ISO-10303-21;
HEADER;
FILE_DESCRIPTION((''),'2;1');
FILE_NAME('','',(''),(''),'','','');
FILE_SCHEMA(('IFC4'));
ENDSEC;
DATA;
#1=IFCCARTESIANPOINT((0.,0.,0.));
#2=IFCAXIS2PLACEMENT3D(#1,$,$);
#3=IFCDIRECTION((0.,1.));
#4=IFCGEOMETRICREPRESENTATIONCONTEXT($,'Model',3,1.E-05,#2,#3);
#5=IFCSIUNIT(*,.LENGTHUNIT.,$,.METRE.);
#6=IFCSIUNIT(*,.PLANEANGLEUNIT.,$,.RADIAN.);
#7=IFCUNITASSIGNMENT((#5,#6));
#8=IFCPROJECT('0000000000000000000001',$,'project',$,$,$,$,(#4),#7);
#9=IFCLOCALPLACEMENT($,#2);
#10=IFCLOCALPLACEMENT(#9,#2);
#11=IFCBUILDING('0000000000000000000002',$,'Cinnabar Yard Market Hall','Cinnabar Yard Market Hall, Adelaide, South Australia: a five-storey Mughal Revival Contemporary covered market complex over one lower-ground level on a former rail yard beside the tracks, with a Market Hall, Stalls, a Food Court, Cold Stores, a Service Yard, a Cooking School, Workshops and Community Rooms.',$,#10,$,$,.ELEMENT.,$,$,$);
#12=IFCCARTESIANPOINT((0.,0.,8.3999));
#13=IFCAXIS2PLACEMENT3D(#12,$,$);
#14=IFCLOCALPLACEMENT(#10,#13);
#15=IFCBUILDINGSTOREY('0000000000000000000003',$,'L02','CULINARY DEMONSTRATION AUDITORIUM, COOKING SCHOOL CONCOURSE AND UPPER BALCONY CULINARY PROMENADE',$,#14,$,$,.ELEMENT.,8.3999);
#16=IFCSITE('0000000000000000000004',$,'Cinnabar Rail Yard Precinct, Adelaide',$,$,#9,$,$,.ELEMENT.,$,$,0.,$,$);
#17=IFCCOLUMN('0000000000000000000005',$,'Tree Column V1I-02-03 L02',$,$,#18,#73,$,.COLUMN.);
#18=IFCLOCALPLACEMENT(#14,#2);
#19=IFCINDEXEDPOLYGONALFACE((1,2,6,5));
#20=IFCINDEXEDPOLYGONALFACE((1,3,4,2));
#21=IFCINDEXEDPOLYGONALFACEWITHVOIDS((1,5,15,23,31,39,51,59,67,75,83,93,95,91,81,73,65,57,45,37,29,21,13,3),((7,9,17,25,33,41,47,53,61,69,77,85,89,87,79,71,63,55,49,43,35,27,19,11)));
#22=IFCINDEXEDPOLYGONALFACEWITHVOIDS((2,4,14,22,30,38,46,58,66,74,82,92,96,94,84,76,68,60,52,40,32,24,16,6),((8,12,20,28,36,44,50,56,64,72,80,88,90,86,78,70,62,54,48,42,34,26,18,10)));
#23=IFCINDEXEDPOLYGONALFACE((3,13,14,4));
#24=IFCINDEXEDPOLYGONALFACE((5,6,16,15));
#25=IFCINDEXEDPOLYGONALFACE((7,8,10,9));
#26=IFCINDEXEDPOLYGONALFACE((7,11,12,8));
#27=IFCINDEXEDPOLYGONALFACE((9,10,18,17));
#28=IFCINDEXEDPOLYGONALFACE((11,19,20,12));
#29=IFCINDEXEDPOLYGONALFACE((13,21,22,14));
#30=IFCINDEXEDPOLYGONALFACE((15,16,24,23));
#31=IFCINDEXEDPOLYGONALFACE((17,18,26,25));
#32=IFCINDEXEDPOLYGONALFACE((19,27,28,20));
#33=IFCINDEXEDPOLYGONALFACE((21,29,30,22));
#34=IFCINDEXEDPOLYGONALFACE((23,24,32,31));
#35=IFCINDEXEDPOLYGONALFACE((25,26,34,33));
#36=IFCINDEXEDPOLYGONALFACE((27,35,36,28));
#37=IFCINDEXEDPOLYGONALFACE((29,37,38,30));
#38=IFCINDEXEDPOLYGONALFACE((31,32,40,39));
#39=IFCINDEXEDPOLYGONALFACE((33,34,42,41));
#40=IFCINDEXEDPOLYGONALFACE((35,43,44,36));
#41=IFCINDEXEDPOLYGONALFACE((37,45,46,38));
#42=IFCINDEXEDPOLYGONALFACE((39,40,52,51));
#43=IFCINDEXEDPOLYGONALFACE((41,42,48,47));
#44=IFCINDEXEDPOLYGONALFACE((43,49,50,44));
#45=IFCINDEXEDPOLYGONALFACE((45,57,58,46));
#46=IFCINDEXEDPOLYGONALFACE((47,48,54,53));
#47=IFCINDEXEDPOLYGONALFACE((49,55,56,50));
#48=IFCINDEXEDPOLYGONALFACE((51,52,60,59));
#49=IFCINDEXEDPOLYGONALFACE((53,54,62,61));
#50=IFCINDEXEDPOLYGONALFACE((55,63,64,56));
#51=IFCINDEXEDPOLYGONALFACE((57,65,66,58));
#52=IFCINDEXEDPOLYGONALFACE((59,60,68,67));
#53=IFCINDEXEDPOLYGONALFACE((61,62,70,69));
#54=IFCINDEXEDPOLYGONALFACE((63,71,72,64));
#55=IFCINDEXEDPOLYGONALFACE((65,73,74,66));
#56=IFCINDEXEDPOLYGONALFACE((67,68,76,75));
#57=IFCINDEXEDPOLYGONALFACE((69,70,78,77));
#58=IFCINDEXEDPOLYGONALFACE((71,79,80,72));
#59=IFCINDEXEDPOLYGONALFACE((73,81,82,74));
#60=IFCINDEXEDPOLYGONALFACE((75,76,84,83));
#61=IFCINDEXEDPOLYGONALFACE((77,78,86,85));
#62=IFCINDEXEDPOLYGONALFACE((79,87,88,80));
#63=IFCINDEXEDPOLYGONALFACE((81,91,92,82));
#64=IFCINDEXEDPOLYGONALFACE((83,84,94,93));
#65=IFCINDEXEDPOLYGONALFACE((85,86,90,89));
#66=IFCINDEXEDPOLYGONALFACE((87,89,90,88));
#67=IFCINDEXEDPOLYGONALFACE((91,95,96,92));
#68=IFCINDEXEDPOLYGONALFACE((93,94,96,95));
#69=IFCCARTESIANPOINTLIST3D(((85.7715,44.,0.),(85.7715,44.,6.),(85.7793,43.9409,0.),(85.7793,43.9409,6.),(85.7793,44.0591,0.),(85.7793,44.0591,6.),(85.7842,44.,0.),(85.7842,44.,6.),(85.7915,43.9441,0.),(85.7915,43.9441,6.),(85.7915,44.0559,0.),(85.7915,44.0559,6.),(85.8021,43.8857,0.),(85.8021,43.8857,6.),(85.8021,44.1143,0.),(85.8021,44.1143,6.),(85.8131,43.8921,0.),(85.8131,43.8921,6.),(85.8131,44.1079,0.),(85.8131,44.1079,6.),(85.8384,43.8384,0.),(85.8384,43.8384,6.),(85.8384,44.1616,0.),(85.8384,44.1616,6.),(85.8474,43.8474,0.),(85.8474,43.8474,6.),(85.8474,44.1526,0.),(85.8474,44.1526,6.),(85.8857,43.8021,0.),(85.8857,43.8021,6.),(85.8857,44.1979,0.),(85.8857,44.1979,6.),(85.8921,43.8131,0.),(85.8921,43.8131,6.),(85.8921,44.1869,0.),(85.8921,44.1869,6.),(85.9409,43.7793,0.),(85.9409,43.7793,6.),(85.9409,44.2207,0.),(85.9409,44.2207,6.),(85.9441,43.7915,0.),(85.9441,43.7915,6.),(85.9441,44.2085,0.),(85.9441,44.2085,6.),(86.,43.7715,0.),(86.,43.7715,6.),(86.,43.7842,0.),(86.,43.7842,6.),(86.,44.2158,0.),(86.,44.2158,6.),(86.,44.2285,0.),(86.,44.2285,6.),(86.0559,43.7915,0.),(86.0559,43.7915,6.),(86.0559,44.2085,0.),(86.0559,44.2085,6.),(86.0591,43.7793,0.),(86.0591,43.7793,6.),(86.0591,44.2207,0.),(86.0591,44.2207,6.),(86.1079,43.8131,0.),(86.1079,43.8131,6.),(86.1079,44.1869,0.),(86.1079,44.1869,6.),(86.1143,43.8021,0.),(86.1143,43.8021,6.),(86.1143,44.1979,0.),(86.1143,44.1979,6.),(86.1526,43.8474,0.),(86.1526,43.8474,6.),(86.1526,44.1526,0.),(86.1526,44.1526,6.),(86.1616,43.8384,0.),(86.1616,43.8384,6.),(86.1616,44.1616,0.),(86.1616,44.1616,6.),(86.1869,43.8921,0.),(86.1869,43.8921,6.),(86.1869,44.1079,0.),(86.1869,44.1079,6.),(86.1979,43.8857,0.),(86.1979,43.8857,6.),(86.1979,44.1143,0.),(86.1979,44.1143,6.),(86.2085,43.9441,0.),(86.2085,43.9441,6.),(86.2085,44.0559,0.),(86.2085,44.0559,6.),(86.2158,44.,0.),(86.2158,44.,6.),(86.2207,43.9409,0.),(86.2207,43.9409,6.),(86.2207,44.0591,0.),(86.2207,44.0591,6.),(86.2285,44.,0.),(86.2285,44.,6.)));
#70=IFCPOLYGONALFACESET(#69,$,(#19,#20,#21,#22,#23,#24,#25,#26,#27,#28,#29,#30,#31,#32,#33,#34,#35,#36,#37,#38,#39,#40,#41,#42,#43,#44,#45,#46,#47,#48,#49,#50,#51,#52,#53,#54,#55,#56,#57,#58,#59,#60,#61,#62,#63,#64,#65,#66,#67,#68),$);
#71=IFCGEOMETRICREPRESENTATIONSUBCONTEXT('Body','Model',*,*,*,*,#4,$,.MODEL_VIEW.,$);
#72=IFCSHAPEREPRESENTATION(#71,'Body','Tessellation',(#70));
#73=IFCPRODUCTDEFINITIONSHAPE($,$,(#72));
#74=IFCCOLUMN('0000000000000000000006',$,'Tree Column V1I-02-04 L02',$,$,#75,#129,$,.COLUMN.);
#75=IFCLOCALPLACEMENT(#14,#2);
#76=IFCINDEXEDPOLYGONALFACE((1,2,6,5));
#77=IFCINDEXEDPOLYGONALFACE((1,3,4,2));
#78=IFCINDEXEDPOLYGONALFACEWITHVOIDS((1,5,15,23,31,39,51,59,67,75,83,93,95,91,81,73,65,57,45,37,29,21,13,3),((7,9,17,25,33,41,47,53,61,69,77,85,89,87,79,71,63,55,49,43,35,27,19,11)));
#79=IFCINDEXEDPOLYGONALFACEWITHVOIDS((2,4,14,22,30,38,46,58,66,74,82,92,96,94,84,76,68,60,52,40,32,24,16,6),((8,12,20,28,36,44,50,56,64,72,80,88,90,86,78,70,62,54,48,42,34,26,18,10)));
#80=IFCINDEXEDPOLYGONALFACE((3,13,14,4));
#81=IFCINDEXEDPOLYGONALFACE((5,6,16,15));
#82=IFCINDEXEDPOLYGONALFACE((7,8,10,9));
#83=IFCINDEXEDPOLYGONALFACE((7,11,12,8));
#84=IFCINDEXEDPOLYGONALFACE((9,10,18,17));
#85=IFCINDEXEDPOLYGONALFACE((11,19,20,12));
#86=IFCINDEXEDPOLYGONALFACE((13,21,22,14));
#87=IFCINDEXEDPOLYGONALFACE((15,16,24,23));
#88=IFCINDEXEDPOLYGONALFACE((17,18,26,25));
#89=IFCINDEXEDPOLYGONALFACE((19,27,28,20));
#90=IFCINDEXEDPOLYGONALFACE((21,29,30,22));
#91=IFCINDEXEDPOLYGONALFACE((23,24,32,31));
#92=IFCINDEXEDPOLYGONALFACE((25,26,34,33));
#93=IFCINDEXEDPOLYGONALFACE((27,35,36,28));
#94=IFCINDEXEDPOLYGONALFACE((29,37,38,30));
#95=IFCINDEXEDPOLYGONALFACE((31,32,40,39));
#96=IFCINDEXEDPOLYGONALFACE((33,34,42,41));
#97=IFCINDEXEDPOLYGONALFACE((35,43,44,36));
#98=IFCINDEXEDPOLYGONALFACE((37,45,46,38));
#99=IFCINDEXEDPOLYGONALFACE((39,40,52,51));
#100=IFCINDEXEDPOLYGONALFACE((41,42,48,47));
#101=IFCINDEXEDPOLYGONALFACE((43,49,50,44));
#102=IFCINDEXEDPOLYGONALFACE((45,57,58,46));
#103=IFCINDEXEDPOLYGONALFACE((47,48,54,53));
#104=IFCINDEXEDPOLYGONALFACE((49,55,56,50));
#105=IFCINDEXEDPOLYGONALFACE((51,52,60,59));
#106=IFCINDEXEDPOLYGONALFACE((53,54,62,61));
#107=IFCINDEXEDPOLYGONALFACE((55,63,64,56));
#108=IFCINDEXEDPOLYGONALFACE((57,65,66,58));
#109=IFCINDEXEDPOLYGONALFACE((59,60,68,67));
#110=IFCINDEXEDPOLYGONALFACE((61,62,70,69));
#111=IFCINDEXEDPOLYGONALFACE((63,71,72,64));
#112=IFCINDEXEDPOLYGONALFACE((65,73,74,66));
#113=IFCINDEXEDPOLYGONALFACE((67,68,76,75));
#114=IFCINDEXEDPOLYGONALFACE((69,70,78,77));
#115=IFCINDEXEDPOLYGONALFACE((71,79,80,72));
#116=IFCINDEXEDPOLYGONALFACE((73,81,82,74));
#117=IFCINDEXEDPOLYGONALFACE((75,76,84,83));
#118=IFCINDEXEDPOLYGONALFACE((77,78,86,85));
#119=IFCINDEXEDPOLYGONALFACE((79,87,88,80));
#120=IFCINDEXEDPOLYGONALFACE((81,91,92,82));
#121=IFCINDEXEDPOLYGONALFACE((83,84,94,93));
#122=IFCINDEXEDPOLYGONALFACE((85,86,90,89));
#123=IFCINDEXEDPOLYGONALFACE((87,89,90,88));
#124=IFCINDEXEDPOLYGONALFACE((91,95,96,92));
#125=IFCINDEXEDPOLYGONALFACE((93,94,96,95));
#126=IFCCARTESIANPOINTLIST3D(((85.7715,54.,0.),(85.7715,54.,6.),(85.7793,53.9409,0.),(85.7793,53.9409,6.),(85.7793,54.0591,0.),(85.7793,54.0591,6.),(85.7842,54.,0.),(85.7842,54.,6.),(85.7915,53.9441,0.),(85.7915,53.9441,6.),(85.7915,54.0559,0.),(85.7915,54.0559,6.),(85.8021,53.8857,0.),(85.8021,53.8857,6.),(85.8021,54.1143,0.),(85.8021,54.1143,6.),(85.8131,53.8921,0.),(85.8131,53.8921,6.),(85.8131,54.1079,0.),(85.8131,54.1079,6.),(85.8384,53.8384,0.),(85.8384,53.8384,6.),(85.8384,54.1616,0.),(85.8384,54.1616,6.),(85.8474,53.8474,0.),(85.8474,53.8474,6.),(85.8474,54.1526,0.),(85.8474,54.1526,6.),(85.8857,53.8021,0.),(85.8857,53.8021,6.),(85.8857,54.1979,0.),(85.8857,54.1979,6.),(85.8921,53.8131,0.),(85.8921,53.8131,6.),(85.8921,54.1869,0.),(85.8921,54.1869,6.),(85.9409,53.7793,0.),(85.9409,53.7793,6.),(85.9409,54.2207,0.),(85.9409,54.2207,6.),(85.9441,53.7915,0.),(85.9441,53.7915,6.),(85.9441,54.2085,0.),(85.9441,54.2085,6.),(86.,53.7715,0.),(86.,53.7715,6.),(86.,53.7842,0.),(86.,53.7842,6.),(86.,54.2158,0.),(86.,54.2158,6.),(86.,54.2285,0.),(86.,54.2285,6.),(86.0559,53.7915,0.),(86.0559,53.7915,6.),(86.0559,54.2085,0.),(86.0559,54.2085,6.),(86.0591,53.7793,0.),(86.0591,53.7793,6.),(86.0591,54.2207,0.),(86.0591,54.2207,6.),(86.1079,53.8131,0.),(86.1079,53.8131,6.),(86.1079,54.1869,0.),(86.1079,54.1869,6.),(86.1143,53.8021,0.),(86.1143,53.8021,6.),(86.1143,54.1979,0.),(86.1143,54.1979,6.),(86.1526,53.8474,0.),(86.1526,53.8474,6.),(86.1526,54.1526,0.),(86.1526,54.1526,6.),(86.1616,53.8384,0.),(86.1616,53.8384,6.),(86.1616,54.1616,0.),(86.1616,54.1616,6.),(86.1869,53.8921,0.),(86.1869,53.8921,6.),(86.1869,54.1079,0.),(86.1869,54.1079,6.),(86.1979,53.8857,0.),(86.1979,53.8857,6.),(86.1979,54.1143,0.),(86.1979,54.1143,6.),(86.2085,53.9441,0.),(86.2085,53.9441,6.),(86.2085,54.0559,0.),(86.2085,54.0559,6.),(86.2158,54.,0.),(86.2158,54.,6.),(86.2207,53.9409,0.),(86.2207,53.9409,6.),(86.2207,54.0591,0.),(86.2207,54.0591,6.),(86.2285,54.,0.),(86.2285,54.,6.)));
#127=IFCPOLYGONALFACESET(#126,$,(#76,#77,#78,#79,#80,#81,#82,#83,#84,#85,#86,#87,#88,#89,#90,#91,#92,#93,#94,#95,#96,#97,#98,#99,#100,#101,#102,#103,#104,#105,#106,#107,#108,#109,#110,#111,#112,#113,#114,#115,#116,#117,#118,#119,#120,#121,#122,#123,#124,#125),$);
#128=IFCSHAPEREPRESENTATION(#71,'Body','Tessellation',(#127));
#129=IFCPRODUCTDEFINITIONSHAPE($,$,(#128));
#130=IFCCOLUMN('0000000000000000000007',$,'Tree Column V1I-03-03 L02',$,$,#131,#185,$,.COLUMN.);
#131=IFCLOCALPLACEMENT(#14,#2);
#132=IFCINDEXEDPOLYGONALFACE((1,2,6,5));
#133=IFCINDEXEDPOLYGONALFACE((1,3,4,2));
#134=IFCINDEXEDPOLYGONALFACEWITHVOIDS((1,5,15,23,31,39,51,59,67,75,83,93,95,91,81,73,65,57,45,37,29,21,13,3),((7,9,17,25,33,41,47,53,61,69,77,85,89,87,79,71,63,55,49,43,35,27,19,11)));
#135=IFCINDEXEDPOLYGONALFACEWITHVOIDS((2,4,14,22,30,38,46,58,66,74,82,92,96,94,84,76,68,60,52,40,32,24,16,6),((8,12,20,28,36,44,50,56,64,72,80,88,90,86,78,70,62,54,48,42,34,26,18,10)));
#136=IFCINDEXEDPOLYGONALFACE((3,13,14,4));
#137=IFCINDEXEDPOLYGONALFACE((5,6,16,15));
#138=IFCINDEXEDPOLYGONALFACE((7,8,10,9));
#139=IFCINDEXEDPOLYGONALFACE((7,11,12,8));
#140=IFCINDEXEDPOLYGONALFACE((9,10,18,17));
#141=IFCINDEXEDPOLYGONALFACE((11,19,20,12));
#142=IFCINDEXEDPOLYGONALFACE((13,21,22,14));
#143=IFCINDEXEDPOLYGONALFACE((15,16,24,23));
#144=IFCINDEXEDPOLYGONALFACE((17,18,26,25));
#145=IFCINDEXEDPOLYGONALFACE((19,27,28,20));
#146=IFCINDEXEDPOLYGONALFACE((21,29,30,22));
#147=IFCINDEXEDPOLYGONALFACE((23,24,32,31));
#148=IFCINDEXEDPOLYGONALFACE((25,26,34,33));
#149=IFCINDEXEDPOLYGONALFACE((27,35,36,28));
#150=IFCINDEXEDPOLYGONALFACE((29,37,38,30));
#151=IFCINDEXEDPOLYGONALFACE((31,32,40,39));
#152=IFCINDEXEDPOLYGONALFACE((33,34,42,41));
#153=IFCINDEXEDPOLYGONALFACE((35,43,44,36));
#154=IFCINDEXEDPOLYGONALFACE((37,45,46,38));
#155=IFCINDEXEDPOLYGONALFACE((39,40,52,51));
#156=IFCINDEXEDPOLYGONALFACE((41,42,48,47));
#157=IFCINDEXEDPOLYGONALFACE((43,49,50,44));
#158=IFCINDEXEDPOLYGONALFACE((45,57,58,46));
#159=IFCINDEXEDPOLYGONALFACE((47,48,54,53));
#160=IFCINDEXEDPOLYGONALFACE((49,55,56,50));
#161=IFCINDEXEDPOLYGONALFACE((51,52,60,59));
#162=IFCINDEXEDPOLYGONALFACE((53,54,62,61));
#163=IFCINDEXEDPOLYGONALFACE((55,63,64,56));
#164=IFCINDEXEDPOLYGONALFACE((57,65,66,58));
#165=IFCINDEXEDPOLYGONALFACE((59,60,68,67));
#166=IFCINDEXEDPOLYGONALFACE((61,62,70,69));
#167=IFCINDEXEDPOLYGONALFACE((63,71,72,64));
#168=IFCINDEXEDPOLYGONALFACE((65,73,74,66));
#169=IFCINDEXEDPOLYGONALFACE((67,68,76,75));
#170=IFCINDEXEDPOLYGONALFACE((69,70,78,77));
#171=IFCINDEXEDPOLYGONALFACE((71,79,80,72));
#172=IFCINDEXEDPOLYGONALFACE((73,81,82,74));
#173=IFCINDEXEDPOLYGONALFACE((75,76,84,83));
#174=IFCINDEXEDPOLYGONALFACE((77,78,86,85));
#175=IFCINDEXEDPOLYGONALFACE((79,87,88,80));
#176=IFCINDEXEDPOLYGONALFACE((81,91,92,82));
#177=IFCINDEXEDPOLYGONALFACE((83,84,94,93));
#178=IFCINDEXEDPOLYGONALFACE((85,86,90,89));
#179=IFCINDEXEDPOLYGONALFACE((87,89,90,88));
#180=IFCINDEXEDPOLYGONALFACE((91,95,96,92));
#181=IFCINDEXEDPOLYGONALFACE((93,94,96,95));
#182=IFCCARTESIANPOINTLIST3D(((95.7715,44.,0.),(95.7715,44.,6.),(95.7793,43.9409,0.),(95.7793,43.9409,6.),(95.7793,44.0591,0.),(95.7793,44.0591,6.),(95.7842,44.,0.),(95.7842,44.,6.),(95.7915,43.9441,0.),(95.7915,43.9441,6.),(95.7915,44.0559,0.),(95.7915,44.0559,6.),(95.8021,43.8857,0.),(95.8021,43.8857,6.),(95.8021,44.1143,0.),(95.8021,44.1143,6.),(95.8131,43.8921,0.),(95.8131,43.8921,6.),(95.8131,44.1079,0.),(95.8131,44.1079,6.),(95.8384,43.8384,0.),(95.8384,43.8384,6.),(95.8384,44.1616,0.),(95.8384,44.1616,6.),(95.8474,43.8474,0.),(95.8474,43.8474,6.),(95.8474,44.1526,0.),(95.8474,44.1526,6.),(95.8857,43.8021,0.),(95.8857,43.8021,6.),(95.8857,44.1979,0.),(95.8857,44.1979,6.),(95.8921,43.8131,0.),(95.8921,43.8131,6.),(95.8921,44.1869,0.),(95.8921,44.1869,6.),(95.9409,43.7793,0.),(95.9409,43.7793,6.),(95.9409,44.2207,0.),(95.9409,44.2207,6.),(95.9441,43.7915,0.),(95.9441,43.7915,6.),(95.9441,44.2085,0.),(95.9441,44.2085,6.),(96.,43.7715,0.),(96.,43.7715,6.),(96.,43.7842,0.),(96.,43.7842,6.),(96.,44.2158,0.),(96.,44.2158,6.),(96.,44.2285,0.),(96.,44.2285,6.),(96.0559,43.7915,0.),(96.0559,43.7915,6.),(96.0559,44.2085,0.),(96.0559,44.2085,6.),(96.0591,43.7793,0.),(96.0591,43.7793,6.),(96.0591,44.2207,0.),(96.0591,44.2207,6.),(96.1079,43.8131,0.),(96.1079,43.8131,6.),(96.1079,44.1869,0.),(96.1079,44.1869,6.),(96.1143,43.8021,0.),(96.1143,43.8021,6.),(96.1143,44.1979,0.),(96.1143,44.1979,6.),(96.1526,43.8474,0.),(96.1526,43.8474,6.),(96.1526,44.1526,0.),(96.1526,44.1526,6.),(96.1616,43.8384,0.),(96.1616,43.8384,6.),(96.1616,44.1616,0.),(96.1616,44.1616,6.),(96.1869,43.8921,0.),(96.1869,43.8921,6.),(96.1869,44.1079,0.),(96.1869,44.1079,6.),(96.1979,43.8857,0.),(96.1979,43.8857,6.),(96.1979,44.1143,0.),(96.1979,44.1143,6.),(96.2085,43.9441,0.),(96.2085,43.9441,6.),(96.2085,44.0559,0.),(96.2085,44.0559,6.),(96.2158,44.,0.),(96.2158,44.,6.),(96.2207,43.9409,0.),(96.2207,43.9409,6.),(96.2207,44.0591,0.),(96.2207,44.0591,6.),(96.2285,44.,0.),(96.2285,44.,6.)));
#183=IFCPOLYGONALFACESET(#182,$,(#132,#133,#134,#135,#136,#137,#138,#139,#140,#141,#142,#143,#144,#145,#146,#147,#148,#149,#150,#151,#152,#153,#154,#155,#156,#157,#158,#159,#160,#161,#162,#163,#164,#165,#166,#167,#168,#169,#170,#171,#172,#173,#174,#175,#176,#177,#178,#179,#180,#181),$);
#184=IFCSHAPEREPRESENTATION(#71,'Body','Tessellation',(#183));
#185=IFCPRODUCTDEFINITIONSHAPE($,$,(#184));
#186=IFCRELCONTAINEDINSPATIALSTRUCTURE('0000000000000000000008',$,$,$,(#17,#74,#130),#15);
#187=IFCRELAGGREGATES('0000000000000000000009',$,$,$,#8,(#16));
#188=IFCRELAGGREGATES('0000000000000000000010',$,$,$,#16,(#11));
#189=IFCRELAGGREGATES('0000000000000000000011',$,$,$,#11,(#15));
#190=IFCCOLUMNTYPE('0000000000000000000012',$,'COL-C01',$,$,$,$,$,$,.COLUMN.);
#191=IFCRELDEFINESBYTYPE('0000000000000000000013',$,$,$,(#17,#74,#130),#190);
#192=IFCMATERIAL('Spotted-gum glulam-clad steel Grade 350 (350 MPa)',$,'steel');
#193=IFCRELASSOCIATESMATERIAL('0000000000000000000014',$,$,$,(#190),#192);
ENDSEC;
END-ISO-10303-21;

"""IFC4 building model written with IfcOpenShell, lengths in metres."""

from ifc_helpers import new_model, si_unit, direction, frame, origin, origin_2d_with_axis, place, context, subcontext, project, spatial, hollow_circle, extrude, material, material_profile, profile_set, type_object, element, save


model = new_model("IFC4")

# Units and contexts
model_context = context("Model", 3, precision=1e-05, world=origin(), true_north=direction((0.0, 1.0)))
body_context = subcontext(model_context, "Body", "Model", "MODEL_VIEW")
ifc_project = project(units=[si_unit("LENGTHUNIT", "METRE"), si_unit("PLANEANGLEUNIT", "RADIAN")], contexts=[model_context])

# Site, building, storey
site_placement = place(None, origin())
site = spatial("IfcSite", under=ifc_project, at=site_placement, Name="Cinnabar Rail Yard Precinct, Adelaide", CompositionType="ELEMENT", RefElevation=0.0)
building_placement = place(site_placement, origin())
building = spatial("IfcBuilding", under=site, at=building_placement, Name="Cinnabar Yard Market Hall", Description="Cinnabar Yard Market Hall, Adelaide, South Australia: a five-storey Mughal Revival Contemporary covered market complex over one lower-ground level on a former rail yard beside the tracks, with a Market Hall, Stalls, a Food Court, Cold Stores, a Service Yard, a Cooking School, Workshops and Community Rooms.", CompositionType="ELEMENT")
storey_placement = place(building_placement, frame((0.0, 0.0, 8.3999)))
storey = spatial("IfcBuildingStorey", under=building, at=storey_placement, Name="L02", Description="CULINARY DEMONSTRATION AUDITORIUM, COOKING SCHOOL CONCOURSE AND UPPER BALCONY CULINARY PROMENADE", CompositionType="ELEMENT", Elevation=8.3999)

# Columns
ifc_material_1 = material(Name="Spotted-gum glulam-clad steel Grade 350 (350 MPa)", Category="steel")
ifc_material_profile_1 = material_profile(ifc_material_1, hollow_circle(Radius=0.2285, WallThickness=0.0127, at=origin_2d_with_axis()), Name="457.0x12.7CHS")
ifc_profile_set_1 = profile_set([ifc_material_profile_1], Name="Spotted-gum glulam-clad steel Grade 350 (350 MPa)")
column_type = type_object("IfcColumnType", Name="COL-C01", PredefinedType="COLUMN", material=ifc_profile_set_1)
for number, where, z_axis, x_axis, name in (
    (1, (86.0, 44.0, 0.0), (0.0, 0.0, 1.0), (1.0, 0.0, 0.0), "Tree Column V1I-02-03 L02"),
    (2, (86.0, 54.0, 0.0), (0.0, 0.0, 1.0), (1.0, 0.0, 0.0), "Tree Column V1I-02-04 L02"),
    (3, (96.0, 44.0, 0.0), (0.0, 0.0, 1.0), (1.0, 0.0, 0.0), "Tree Column V1I-03-03 L02"),
):
    element("IfcColumn", number, at=place(storey_placement, frame(where, z_axis=z_axis, x_axis=x_axis)), inside=storey, type_object=column_type, Name=name, PredefinedType="COLUMN", context=body_context, shape_type="SweptSolid", body=[
        extrude(hollow_circle(Radius=0.2285, WallThickness=0.0127, at=origin_2d_with_axis()), origin(), (0.0, 0.0, 1.0), 6.0),
    ])

save(model, "model.ifc")
